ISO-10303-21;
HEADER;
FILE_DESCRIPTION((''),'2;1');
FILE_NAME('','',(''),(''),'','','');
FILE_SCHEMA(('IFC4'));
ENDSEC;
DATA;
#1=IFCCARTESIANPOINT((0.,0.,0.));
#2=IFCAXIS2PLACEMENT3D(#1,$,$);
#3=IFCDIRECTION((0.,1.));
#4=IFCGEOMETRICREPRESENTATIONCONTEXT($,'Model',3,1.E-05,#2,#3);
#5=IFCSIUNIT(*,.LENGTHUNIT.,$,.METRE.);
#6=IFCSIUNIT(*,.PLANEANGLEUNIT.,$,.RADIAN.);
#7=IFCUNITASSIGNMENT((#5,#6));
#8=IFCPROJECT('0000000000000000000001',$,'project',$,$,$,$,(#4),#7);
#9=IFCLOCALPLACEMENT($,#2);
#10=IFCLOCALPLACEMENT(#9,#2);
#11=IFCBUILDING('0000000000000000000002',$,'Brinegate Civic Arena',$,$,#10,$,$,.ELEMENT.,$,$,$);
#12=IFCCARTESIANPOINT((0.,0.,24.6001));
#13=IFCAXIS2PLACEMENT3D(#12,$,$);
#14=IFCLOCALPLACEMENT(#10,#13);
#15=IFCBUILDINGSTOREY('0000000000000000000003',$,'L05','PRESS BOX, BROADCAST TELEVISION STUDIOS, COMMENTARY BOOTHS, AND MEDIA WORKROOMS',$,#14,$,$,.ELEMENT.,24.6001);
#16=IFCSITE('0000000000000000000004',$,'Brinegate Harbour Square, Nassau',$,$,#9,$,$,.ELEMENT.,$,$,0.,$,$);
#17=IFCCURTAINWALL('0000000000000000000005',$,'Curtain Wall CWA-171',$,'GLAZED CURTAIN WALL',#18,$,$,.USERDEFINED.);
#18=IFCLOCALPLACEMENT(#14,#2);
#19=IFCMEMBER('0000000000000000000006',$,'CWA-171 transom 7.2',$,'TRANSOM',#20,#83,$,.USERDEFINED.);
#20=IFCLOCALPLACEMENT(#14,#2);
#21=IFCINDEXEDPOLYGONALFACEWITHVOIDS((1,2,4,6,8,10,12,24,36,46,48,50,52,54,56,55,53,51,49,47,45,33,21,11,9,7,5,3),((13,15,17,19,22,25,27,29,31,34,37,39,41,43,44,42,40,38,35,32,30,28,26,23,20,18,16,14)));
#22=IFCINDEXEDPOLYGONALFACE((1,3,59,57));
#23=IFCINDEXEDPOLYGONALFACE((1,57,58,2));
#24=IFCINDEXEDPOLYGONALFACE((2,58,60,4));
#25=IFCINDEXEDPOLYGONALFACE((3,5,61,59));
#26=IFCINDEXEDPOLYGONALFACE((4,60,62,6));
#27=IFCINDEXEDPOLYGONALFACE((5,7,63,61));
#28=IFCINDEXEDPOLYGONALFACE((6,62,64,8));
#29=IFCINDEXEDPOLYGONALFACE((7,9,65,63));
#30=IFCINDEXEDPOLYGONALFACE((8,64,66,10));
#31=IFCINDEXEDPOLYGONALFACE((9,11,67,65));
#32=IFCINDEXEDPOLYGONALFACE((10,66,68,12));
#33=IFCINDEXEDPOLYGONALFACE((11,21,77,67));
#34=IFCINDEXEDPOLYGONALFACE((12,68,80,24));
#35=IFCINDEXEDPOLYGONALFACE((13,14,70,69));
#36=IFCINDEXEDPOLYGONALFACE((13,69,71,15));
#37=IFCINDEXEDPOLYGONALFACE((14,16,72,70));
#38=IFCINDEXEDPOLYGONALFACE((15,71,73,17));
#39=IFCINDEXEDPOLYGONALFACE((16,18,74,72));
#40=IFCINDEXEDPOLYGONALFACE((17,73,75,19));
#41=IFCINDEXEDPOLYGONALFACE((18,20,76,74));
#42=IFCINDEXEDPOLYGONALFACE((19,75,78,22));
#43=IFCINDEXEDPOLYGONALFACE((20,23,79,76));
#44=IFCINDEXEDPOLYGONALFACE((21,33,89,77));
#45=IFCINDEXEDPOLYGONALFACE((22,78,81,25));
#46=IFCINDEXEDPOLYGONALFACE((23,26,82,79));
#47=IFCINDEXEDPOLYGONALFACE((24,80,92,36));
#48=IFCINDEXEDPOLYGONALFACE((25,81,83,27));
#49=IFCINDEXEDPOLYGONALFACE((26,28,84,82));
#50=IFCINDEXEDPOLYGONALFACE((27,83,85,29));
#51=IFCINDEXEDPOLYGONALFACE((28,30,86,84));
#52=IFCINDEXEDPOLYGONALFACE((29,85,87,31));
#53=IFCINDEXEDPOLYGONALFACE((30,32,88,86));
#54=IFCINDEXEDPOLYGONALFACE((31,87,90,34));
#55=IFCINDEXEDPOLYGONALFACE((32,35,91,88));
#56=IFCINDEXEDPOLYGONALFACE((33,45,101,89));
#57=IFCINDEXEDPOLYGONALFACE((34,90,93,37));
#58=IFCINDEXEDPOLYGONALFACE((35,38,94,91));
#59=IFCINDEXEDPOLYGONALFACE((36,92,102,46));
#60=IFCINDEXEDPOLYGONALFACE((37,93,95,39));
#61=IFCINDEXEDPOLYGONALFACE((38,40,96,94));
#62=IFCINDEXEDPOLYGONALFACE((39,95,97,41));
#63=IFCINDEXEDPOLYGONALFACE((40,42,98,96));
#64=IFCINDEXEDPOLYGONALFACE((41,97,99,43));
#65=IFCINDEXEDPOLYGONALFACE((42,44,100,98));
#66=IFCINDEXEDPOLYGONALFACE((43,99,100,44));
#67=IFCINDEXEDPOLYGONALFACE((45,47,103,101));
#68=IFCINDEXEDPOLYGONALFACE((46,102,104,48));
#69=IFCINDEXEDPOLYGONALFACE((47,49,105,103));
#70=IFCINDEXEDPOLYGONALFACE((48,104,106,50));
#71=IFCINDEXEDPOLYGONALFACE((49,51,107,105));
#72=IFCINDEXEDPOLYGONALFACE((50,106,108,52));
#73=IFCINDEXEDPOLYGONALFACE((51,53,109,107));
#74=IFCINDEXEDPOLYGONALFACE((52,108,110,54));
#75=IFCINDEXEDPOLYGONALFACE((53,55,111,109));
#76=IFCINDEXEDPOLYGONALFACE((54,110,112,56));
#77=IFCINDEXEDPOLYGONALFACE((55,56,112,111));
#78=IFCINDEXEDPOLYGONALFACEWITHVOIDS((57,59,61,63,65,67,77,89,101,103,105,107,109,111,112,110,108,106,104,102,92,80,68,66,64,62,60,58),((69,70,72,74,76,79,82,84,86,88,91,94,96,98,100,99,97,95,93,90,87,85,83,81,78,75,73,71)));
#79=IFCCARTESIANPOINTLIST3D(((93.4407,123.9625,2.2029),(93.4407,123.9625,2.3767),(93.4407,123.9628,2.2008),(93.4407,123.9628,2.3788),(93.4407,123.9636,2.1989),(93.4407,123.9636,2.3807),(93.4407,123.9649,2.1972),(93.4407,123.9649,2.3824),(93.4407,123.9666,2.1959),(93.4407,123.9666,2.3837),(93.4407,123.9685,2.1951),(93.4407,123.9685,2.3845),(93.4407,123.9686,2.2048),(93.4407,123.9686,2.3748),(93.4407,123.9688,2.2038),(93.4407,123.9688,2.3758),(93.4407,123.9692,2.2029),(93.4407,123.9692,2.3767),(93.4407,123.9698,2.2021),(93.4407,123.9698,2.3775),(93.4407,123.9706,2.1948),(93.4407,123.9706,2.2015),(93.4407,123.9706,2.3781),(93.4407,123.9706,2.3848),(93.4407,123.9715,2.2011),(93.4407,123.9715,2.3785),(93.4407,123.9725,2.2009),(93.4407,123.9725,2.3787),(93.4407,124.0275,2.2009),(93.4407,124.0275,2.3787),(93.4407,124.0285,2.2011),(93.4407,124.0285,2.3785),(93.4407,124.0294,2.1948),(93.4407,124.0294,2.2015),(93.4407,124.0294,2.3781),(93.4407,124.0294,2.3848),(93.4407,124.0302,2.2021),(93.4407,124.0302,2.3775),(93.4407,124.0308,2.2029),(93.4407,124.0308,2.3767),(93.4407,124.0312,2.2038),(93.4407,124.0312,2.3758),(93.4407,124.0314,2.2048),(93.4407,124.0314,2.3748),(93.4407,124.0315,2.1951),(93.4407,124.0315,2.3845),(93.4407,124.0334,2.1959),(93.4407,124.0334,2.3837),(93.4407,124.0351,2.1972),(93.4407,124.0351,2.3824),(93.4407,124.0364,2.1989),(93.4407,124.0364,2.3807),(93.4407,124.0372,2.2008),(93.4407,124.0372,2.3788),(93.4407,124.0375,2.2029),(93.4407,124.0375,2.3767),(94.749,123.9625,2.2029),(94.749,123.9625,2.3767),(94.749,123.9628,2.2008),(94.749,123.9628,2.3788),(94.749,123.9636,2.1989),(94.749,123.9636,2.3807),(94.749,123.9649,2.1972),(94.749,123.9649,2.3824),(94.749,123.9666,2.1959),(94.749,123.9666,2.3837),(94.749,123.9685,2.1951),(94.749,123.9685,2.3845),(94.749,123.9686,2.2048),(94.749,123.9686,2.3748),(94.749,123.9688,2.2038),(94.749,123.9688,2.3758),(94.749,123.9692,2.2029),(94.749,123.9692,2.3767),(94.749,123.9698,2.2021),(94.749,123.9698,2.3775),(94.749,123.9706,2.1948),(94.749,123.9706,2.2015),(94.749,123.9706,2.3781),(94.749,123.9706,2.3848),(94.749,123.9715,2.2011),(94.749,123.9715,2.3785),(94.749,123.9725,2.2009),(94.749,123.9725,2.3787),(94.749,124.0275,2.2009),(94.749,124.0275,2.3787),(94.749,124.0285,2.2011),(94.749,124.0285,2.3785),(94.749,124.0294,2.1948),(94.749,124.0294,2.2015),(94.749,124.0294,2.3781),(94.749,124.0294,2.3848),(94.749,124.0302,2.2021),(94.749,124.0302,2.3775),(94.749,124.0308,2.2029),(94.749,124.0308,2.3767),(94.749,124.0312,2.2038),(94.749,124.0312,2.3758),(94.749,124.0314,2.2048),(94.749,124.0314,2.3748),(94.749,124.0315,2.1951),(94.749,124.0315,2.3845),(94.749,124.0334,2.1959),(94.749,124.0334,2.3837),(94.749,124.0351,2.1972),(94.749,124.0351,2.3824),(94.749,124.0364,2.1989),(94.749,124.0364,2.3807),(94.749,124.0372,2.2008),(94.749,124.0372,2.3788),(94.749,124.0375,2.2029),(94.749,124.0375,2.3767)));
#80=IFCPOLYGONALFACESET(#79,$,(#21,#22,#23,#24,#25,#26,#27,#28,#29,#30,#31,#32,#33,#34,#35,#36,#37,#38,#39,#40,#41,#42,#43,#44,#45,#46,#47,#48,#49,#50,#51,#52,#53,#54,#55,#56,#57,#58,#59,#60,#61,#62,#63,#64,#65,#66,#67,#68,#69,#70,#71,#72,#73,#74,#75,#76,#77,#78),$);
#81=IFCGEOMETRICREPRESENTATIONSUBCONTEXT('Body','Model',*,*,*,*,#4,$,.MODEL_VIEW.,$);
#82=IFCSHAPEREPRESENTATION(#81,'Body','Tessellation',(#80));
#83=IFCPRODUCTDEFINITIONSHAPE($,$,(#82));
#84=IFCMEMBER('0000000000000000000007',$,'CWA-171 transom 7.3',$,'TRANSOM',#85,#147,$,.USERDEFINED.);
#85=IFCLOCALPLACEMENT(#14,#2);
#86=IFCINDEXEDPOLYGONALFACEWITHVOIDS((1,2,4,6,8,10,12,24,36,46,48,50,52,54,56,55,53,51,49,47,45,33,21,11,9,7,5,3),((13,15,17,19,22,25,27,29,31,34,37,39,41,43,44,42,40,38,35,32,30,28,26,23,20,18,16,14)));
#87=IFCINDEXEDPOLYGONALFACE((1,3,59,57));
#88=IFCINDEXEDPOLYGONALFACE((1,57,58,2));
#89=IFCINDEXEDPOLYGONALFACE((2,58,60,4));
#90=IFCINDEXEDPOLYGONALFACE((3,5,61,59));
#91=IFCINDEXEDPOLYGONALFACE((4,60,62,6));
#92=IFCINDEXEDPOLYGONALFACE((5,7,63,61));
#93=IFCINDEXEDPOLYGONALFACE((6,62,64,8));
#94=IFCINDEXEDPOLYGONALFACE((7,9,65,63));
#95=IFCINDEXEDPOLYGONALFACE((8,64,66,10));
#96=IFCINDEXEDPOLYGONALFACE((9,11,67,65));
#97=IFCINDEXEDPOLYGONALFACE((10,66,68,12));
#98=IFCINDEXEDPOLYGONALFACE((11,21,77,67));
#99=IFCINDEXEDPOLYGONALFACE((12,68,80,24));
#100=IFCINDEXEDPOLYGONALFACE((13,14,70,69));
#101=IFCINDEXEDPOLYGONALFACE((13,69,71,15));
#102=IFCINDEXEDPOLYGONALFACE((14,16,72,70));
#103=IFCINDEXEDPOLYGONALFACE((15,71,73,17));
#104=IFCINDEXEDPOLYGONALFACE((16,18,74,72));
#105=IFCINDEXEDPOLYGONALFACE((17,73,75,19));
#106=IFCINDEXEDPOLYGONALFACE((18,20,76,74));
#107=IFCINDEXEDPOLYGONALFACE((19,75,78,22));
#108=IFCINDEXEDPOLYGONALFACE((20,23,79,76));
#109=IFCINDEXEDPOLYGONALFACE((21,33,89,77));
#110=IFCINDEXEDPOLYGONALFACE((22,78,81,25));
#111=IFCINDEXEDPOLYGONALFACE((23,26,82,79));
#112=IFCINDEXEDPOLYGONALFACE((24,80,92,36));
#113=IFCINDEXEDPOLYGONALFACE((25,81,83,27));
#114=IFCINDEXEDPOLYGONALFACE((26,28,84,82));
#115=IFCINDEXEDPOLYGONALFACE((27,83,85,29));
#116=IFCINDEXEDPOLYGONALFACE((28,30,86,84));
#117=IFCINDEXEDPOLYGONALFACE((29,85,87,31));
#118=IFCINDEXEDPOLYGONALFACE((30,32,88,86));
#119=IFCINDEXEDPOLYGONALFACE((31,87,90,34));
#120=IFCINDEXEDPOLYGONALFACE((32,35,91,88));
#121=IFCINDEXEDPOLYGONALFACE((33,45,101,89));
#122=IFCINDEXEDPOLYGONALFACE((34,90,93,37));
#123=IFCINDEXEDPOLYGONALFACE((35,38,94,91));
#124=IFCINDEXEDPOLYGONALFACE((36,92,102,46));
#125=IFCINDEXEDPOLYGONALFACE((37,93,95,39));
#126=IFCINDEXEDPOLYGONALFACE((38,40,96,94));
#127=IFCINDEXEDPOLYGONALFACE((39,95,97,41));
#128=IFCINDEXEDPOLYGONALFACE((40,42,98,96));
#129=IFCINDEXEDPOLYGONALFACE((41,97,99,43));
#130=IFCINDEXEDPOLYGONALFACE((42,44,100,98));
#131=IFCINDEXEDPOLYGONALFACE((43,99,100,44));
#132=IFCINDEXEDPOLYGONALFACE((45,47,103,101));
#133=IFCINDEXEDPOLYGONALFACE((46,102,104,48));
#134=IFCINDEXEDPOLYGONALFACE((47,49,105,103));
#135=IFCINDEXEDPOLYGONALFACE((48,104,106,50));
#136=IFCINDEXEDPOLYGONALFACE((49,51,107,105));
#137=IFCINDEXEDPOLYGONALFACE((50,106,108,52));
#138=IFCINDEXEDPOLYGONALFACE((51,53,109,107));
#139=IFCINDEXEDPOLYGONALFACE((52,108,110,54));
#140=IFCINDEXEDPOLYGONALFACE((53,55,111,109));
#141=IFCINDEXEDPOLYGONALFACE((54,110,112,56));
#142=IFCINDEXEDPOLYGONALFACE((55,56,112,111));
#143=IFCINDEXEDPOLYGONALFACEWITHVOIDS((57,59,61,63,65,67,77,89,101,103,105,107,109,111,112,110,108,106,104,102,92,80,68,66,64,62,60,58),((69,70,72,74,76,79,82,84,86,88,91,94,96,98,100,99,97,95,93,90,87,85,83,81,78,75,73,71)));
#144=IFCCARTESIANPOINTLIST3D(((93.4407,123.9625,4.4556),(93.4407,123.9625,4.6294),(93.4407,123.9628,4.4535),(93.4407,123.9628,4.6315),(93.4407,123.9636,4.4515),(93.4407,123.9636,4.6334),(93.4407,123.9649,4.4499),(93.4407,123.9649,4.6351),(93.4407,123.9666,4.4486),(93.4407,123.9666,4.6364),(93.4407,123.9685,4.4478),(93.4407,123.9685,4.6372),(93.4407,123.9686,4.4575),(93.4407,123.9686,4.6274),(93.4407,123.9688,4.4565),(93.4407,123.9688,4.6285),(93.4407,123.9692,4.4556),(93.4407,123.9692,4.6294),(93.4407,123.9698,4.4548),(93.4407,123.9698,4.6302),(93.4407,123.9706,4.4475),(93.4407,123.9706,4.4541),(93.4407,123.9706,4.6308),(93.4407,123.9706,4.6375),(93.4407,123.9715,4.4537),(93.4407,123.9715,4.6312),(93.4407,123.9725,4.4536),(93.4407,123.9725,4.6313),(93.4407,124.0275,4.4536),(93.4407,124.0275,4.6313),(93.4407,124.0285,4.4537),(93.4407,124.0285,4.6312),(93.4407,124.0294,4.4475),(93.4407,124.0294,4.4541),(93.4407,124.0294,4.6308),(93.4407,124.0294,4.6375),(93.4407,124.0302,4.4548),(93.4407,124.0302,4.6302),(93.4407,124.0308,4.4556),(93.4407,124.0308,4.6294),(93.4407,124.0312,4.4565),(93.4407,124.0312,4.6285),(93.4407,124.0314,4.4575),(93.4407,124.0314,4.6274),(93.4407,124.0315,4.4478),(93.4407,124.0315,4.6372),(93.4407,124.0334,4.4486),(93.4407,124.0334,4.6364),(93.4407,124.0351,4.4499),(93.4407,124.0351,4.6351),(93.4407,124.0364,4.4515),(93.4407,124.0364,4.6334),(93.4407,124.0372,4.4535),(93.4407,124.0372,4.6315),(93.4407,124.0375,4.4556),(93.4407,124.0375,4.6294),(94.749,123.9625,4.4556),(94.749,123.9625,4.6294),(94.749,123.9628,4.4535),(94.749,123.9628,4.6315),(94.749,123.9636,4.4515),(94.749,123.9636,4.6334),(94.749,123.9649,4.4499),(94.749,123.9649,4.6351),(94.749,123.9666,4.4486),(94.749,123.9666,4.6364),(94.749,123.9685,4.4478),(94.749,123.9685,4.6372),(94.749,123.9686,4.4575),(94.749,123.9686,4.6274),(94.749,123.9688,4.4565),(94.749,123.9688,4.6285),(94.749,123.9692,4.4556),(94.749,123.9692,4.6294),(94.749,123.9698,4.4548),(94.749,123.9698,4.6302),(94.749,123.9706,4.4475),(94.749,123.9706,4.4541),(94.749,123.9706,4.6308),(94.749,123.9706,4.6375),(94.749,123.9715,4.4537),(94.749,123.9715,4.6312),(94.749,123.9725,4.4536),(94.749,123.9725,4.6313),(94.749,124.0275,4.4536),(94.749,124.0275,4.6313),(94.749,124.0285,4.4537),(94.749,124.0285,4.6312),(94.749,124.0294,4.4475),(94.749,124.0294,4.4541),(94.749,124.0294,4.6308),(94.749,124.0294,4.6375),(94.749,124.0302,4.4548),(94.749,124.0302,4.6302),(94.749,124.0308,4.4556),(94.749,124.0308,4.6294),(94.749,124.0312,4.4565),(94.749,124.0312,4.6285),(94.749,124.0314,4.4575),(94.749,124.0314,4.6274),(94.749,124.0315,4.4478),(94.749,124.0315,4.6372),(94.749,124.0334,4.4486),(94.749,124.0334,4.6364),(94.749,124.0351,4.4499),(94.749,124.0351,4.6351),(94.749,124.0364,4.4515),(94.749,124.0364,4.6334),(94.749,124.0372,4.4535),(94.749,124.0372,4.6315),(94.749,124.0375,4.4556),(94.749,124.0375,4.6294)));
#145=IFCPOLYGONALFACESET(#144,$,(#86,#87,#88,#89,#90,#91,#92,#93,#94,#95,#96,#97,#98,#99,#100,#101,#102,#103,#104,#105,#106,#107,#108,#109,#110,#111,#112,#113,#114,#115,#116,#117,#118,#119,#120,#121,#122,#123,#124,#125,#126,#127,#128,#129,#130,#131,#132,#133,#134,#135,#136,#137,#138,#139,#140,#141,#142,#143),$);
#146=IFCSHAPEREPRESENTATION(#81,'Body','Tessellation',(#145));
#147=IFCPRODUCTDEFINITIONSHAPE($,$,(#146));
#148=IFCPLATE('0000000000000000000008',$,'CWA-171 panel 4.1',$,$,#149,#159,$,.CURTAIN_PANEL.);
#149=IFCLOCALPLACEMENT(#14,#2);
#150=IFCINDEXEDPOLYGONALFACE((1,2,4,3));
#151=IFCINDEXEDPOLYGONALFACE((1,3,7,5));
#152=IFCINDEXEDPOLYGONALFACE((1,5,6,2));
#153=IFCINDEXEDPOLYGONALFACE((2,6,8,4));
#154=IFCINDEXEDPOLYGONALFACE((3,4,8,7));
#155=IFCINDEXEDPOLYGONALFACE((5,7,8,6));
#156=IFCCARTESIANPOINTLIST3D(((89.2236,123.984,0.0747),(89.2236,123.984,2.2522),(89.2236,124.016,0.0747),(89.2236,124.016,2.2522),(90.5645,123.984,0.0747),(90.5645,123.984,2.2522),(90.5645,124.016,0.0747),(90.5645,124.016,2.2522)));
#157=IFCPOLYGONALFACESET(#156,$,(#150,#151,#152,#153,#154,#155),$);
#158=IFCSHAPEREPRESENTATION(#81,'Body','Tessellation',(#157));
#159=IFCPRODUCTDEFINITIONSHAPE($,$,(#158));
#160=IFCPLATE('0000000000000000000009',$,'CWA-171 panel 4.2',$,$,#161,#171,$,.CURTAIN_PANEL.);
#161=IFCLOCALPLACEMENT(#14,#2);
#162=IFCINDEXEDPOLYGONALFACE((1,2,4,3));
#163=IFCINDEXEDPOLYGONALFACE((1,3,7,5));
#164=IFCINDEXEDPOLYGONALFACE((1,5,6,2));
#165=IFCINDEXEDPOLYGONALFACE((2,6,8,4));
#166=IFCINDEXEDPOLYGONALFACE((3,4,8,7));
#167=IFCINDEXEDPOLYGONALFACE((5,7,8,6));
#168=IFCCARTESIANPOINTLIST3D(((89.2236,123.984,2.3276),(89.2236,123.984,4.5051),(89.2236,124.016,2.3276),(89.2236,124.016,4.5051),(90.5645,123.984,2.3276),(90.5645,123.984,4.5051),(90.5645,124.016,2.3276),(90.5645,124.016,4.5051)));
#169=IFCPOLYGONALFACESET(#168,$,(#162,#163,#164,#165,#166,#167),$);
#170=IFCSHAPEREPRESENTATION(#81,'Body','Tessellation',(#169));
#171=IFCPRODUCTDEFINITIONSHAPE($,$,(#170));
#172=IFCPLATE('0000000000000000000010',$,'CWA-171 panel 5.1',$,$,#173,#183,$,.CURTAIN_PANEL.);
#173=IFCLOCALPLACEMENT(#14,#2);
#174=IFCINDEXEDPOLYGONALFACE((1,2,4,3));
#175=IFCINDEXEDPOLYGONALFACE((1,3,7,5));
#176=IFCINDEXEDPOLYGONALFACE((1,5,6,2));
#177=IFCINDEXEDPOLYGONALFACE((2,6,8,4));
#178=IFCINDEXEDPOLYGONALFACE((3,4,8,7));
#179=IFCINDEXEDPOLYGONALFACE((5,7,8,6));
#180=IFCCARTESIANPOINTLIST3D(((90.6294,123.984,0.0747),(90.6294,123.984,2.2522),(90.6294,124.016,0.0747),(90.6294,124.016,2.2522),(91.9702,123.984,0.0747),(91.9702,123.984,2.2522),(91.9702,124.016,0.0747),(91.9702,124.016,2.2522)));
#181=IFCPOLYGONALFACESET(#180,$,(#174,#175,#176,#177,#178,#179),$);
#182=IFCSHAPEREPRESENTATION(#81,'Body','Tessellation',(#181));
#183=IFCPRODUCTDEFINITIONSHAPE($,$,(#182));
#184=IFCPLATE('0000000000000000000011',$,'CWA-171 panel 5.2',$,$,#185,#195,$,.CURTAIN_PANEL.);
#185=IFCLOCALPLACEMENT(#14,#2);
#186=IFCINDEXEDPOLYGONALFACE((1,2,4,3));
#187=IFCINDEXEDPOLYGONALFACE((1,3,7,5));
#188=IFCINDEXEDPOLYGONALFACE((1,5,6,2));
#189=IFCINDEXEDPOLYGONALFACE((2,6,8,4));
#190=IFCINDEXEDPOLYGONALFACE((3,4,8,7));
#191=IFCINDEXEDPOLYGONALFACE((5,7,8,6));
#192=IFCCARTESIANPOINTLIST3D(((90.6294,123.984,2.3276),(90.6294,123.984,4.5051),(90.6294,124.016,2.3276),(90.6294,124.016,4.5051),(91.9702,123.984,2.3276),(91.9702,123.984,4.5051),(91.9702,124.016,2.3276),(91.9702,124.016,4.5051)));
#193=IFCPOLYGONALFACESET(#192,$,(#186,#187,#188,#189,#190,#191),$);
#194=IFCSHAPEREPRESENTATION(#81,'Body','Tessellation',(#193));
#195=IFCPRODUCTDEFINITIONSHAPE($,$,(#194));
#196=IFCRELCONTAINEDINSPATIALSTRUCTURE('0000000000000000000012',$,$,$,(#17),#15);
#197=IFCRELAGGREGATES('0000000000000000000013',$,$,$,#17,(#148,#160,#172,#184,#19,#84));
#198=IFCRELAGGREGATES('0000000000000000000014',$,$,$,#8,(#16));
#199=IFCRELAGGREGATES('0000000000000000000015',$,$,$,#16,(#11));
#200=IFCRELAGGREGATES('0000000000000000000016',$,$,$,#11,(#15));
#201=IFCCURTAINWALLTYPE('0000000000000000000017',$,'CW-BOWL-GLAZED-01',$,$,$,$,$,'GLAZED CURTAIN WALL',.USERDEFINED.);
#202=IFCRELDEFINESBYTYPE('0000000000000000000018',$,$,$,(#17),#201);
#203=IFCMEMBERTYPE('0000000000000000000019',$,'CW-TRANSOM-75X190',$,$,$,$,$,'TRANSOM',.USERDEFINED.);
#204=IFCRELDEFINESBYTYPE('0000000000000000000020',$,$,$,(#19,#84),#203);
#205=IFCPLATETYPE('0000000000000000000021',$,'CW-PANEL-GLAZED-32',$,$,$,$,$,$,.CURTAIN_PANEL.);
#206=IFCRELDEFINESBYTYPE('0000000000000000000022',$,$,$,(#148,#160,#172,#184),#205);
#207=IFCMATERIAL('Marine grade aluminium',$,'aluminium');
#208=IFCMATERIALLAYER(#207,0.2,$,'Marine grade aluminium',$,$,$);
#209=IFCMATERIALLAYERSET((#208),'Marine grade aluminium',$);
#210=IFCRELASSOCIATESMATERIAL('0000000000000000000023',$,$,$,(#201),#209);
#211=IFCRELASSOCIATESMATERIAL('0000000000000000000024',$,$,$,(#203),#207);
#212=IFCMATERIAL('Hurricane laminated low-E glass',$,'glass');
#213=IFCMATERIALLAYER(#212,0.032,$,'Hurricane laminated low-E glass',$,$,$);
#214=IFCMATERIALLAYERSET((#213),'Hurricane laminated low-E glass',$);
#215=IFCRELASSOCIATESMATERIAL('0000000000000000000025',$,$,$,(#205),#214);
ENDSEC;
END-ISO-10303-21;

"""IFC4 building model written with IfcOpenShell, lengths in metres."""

from ifc_helpers import new_model, si_unit, direction, frame, origin, origin_2d, place, context, subcontext, project, spatial, rectangle, hollow_rectangle, extrude, material, layer, layer_set, material_profile, profile_set, type_object, element, aggregate, save


model = new_model("IFC4")

# Units and contexts
model_context = context("Model", 3, precision=1e-05, world=origin(), true_north=direction((0.0, 1.0)))
body_context = subcontext(model_context, "Body", "Model", "MODEL_VIEW")
ifc_project = project(units=[si_unit("LENGTHUNIT", "METRE"), si_unit("PLANEANGLEUNIT", "RADIAN")], contexts=[model_context])

# Site, building, storey
site_placement = place(None, origin())
site = spatial("IfcSite", under=ifc_project, at=site_placement, Name="Brinegate Harbour Square, Nassau", CompositionType="ELEMENT", RefElevation=0.0)
building_placement = place(site_placement, origin())
building = spatial("IfcBuilding", under=site, at=building_placement, Name="Brinegate Civic Arena", CompositionType="ELEMENT")
storey_placement = place(building_placement, frame((0.0, 0.0, 24.6001)))
storey = spatial("IfcBuildingStorey", under=building, at=storey_placement, Name="L05", Description="PRESS BOX, BROADCAST TELEVISION STUDIOS, COMMENTARY BOOTHS, AND MEDIA WORKROOMS", CompositionType="ELEMENT", Elevation=24.6001)

# Curtain wall, members, plates
ifc_material_1 = material(Name="Marine grade aluminium", Category="aluminium")
ifc_layer_1 = layer(ifc_material_1, 0.2, Name="Marine grade aluminium")
ifc_layer_set_1 = layer_set([ifc_layer_1], Name="Marine grade aluminium")
curtain_wall_type = type_object("IfcCurtainWallType", Name="CW-BOWL-GLAZED-01", ElementType="GLAZED CURTAIN WALL", PredefinedType="USERDEFINED", material=ifc_layer_set_1)
curtain_wall_placement = place(storey_placement, origin())
curtain_wall = element("IfcCurtainWall", 1, at=curtain_wall_placement, inside=storey, type_object=curtain_wall_type, Name="Curtain Wall CWA-171", ObjectType="GLAZED CURTAIN WALL", PredefinedType="USERDEFINED")
ifc_material_profile_1 = material_profile(ifc_material_1, hollow_rectangle(XDim=0.075, YDim=0.1899, WallThickness=0.0061, InnerFilletRadius=0.0039, OuterFilletRadius=0.0081, at=origin_2d()), Name="TRN75X190")
ifc_profile_set_1 = profile_set([ifc_material_profile_1], Name="Marine grade aluminium")
member_type_1 = type_object("IfcMemberType", Name="CW-TRANSOM-75X190", ElementType="TRANSOM", PredefinedType="USERDEFINED", material=ifc_profile_set_1)
member_1_placement = place(storey_placement, frame((93.4407, 124.0, 2.2898), z_axis=(1.0, 0.0, 0.0), x_axis=(0.0, 1.0, 0.0)))
member_1 = element("IfcMember", 2, at=member_1_placement, type_object=member_type_1, Name="CWA-171 transom 7.2", ObjectType="TRANSOM", PredefinedType="USERDEFINED", context=body_context, shape_type="SweptSolid", body=[
    extrude(hollow_rectangle(XDim=0.075, YDim=0.1899, WallThickness=0.0061, InnerFilletRadius=0.0039, OuterFilletRadius=0.0081, at=origin_2d()), origin(), (0.0, 0.0, 1.0), 1.3083),
])
member_2_placement = place(storey_placement, frame((93.4407, 124.0, 4.5425), z_axis=(1.0, 0.0, 0.0), x_axis=(0.0, 1.0, 0.0)))
member_2 = element("IfcMember", 3, at=member_2_placement, type_object=member_type_1, Name="CWA-171 transom 7.3", ObjectType="TRANSOM", PredefinedType="USERDEFINED", context=body_context, shape_type="SweptSolid", body=[
    extrude(hollow_rectangle(XDim=0.075, YDim=0.1899, WallThickness=0.0061, InnerFilletRadius=0.0039, OuterFilletRadius=0.0081, at=origin_2d()), origin(), (0.0, 0.0, 1.0), 1.3083),
])
ifc_material_2 = material(Name="Hurricane laminated low-E glass", Category="glass")
ifc_layer_2 = layer(ifc_material_2, 0.032, Name="Hurricane laminated low-E glass")
ifc_layer_set_2 = layer_set([ifc_layer_2], Name="Hurricane laminated low-E glass")
plate_type = type_object("IfcPlateType", Name="CW-PANEL-GLAZED-32", PredefinedType="CURTAIN_PANEL", material=ifc_layer_set_2)
plate_1_placement = place(storey_placement, frame((89.894, 124.0, 0.0747), z_axis=(0.0, 0.0, 1.0), x_axis=(1.0, 0.0, 0.0)))
plate_1 = element("IfcPlate", 4, at=plate_1_placement, type_object=plate_type, Name="CWA-171 panel 4.1", PredefinedType="CURTAIN_PANEL", context=body_context, shape_type="SweptSolid", body=[
    extrude(rectangle(XDim=1.3408, YDim=0.032, at=origin_2d()), origin(), (0.0, 0.0, 1.0), 2.1775),
])
plate_2_placement = place(storey_placement, frame((89.894, 124.0, 2.3276), z_axis=(0.0, 0.0, 1.0), x_axis=(1.0, 0.0, 0.0)))
plate_2 = element("IfcPlate", 5, at=plate_2_placement, type_object=plate_type, Name="CWA-171 panel 4.2", PredefinedType="CURTAIN_PANEL", context=body_context, shape_type="SweptSolid", body=[
    extrude(rectangle(XDim=1.3408, YDim=0.032, at=origin_2d()), origin(), (0.0, 0.0, 1.0), 2.1775),
])
plate_3_placement = place(storey_placement, frame((91.2998, 124.0, 0.0747), z_axis=(0.0, 0.0, 1.0), x_axis=(1.0, 0.0, 0.0)))
plate_3 = element("IfcPlate", 6, at=plate_3_placement, type_object=plate_type, Name="CWA-171 panel 5.1", PredefinedType="CURTAIN_PANEL", context=body_context, shape_type="SweptSolid", body=[
    extrude(rectangle(XDim=1.3408, YDim=0.032, at=origin_2d()), origin(), (0.0, 0.0, 1.0), 2.1775),
])
plate_4_placement = place(storey_placement, frame((91.2998, 124.0, 2.3276), z_axis=(0.0, 0.0, 1.0), x_axis=(1.0, 0.0, 0.0)))
plate_4 = element("IfcPlate", 7, at=plate_4_placement, type_object=plate_type, Name="CWA-171 panel 5.2", PredefinedType="CURTAIN_PANEL", context=body_context, shape_type="SweptSolid", body=[
    extrude(rectangle(XDim=1.3408, YDim=0.032, at=origin_2d()), origin(), (0.0, 0.0, 1.0), 2.1775),
])
aggregate(curtain_wall, [plate_1, plate_2, plate_3, plate_4, member_1, member_2])

save(model, "model.ifc")
